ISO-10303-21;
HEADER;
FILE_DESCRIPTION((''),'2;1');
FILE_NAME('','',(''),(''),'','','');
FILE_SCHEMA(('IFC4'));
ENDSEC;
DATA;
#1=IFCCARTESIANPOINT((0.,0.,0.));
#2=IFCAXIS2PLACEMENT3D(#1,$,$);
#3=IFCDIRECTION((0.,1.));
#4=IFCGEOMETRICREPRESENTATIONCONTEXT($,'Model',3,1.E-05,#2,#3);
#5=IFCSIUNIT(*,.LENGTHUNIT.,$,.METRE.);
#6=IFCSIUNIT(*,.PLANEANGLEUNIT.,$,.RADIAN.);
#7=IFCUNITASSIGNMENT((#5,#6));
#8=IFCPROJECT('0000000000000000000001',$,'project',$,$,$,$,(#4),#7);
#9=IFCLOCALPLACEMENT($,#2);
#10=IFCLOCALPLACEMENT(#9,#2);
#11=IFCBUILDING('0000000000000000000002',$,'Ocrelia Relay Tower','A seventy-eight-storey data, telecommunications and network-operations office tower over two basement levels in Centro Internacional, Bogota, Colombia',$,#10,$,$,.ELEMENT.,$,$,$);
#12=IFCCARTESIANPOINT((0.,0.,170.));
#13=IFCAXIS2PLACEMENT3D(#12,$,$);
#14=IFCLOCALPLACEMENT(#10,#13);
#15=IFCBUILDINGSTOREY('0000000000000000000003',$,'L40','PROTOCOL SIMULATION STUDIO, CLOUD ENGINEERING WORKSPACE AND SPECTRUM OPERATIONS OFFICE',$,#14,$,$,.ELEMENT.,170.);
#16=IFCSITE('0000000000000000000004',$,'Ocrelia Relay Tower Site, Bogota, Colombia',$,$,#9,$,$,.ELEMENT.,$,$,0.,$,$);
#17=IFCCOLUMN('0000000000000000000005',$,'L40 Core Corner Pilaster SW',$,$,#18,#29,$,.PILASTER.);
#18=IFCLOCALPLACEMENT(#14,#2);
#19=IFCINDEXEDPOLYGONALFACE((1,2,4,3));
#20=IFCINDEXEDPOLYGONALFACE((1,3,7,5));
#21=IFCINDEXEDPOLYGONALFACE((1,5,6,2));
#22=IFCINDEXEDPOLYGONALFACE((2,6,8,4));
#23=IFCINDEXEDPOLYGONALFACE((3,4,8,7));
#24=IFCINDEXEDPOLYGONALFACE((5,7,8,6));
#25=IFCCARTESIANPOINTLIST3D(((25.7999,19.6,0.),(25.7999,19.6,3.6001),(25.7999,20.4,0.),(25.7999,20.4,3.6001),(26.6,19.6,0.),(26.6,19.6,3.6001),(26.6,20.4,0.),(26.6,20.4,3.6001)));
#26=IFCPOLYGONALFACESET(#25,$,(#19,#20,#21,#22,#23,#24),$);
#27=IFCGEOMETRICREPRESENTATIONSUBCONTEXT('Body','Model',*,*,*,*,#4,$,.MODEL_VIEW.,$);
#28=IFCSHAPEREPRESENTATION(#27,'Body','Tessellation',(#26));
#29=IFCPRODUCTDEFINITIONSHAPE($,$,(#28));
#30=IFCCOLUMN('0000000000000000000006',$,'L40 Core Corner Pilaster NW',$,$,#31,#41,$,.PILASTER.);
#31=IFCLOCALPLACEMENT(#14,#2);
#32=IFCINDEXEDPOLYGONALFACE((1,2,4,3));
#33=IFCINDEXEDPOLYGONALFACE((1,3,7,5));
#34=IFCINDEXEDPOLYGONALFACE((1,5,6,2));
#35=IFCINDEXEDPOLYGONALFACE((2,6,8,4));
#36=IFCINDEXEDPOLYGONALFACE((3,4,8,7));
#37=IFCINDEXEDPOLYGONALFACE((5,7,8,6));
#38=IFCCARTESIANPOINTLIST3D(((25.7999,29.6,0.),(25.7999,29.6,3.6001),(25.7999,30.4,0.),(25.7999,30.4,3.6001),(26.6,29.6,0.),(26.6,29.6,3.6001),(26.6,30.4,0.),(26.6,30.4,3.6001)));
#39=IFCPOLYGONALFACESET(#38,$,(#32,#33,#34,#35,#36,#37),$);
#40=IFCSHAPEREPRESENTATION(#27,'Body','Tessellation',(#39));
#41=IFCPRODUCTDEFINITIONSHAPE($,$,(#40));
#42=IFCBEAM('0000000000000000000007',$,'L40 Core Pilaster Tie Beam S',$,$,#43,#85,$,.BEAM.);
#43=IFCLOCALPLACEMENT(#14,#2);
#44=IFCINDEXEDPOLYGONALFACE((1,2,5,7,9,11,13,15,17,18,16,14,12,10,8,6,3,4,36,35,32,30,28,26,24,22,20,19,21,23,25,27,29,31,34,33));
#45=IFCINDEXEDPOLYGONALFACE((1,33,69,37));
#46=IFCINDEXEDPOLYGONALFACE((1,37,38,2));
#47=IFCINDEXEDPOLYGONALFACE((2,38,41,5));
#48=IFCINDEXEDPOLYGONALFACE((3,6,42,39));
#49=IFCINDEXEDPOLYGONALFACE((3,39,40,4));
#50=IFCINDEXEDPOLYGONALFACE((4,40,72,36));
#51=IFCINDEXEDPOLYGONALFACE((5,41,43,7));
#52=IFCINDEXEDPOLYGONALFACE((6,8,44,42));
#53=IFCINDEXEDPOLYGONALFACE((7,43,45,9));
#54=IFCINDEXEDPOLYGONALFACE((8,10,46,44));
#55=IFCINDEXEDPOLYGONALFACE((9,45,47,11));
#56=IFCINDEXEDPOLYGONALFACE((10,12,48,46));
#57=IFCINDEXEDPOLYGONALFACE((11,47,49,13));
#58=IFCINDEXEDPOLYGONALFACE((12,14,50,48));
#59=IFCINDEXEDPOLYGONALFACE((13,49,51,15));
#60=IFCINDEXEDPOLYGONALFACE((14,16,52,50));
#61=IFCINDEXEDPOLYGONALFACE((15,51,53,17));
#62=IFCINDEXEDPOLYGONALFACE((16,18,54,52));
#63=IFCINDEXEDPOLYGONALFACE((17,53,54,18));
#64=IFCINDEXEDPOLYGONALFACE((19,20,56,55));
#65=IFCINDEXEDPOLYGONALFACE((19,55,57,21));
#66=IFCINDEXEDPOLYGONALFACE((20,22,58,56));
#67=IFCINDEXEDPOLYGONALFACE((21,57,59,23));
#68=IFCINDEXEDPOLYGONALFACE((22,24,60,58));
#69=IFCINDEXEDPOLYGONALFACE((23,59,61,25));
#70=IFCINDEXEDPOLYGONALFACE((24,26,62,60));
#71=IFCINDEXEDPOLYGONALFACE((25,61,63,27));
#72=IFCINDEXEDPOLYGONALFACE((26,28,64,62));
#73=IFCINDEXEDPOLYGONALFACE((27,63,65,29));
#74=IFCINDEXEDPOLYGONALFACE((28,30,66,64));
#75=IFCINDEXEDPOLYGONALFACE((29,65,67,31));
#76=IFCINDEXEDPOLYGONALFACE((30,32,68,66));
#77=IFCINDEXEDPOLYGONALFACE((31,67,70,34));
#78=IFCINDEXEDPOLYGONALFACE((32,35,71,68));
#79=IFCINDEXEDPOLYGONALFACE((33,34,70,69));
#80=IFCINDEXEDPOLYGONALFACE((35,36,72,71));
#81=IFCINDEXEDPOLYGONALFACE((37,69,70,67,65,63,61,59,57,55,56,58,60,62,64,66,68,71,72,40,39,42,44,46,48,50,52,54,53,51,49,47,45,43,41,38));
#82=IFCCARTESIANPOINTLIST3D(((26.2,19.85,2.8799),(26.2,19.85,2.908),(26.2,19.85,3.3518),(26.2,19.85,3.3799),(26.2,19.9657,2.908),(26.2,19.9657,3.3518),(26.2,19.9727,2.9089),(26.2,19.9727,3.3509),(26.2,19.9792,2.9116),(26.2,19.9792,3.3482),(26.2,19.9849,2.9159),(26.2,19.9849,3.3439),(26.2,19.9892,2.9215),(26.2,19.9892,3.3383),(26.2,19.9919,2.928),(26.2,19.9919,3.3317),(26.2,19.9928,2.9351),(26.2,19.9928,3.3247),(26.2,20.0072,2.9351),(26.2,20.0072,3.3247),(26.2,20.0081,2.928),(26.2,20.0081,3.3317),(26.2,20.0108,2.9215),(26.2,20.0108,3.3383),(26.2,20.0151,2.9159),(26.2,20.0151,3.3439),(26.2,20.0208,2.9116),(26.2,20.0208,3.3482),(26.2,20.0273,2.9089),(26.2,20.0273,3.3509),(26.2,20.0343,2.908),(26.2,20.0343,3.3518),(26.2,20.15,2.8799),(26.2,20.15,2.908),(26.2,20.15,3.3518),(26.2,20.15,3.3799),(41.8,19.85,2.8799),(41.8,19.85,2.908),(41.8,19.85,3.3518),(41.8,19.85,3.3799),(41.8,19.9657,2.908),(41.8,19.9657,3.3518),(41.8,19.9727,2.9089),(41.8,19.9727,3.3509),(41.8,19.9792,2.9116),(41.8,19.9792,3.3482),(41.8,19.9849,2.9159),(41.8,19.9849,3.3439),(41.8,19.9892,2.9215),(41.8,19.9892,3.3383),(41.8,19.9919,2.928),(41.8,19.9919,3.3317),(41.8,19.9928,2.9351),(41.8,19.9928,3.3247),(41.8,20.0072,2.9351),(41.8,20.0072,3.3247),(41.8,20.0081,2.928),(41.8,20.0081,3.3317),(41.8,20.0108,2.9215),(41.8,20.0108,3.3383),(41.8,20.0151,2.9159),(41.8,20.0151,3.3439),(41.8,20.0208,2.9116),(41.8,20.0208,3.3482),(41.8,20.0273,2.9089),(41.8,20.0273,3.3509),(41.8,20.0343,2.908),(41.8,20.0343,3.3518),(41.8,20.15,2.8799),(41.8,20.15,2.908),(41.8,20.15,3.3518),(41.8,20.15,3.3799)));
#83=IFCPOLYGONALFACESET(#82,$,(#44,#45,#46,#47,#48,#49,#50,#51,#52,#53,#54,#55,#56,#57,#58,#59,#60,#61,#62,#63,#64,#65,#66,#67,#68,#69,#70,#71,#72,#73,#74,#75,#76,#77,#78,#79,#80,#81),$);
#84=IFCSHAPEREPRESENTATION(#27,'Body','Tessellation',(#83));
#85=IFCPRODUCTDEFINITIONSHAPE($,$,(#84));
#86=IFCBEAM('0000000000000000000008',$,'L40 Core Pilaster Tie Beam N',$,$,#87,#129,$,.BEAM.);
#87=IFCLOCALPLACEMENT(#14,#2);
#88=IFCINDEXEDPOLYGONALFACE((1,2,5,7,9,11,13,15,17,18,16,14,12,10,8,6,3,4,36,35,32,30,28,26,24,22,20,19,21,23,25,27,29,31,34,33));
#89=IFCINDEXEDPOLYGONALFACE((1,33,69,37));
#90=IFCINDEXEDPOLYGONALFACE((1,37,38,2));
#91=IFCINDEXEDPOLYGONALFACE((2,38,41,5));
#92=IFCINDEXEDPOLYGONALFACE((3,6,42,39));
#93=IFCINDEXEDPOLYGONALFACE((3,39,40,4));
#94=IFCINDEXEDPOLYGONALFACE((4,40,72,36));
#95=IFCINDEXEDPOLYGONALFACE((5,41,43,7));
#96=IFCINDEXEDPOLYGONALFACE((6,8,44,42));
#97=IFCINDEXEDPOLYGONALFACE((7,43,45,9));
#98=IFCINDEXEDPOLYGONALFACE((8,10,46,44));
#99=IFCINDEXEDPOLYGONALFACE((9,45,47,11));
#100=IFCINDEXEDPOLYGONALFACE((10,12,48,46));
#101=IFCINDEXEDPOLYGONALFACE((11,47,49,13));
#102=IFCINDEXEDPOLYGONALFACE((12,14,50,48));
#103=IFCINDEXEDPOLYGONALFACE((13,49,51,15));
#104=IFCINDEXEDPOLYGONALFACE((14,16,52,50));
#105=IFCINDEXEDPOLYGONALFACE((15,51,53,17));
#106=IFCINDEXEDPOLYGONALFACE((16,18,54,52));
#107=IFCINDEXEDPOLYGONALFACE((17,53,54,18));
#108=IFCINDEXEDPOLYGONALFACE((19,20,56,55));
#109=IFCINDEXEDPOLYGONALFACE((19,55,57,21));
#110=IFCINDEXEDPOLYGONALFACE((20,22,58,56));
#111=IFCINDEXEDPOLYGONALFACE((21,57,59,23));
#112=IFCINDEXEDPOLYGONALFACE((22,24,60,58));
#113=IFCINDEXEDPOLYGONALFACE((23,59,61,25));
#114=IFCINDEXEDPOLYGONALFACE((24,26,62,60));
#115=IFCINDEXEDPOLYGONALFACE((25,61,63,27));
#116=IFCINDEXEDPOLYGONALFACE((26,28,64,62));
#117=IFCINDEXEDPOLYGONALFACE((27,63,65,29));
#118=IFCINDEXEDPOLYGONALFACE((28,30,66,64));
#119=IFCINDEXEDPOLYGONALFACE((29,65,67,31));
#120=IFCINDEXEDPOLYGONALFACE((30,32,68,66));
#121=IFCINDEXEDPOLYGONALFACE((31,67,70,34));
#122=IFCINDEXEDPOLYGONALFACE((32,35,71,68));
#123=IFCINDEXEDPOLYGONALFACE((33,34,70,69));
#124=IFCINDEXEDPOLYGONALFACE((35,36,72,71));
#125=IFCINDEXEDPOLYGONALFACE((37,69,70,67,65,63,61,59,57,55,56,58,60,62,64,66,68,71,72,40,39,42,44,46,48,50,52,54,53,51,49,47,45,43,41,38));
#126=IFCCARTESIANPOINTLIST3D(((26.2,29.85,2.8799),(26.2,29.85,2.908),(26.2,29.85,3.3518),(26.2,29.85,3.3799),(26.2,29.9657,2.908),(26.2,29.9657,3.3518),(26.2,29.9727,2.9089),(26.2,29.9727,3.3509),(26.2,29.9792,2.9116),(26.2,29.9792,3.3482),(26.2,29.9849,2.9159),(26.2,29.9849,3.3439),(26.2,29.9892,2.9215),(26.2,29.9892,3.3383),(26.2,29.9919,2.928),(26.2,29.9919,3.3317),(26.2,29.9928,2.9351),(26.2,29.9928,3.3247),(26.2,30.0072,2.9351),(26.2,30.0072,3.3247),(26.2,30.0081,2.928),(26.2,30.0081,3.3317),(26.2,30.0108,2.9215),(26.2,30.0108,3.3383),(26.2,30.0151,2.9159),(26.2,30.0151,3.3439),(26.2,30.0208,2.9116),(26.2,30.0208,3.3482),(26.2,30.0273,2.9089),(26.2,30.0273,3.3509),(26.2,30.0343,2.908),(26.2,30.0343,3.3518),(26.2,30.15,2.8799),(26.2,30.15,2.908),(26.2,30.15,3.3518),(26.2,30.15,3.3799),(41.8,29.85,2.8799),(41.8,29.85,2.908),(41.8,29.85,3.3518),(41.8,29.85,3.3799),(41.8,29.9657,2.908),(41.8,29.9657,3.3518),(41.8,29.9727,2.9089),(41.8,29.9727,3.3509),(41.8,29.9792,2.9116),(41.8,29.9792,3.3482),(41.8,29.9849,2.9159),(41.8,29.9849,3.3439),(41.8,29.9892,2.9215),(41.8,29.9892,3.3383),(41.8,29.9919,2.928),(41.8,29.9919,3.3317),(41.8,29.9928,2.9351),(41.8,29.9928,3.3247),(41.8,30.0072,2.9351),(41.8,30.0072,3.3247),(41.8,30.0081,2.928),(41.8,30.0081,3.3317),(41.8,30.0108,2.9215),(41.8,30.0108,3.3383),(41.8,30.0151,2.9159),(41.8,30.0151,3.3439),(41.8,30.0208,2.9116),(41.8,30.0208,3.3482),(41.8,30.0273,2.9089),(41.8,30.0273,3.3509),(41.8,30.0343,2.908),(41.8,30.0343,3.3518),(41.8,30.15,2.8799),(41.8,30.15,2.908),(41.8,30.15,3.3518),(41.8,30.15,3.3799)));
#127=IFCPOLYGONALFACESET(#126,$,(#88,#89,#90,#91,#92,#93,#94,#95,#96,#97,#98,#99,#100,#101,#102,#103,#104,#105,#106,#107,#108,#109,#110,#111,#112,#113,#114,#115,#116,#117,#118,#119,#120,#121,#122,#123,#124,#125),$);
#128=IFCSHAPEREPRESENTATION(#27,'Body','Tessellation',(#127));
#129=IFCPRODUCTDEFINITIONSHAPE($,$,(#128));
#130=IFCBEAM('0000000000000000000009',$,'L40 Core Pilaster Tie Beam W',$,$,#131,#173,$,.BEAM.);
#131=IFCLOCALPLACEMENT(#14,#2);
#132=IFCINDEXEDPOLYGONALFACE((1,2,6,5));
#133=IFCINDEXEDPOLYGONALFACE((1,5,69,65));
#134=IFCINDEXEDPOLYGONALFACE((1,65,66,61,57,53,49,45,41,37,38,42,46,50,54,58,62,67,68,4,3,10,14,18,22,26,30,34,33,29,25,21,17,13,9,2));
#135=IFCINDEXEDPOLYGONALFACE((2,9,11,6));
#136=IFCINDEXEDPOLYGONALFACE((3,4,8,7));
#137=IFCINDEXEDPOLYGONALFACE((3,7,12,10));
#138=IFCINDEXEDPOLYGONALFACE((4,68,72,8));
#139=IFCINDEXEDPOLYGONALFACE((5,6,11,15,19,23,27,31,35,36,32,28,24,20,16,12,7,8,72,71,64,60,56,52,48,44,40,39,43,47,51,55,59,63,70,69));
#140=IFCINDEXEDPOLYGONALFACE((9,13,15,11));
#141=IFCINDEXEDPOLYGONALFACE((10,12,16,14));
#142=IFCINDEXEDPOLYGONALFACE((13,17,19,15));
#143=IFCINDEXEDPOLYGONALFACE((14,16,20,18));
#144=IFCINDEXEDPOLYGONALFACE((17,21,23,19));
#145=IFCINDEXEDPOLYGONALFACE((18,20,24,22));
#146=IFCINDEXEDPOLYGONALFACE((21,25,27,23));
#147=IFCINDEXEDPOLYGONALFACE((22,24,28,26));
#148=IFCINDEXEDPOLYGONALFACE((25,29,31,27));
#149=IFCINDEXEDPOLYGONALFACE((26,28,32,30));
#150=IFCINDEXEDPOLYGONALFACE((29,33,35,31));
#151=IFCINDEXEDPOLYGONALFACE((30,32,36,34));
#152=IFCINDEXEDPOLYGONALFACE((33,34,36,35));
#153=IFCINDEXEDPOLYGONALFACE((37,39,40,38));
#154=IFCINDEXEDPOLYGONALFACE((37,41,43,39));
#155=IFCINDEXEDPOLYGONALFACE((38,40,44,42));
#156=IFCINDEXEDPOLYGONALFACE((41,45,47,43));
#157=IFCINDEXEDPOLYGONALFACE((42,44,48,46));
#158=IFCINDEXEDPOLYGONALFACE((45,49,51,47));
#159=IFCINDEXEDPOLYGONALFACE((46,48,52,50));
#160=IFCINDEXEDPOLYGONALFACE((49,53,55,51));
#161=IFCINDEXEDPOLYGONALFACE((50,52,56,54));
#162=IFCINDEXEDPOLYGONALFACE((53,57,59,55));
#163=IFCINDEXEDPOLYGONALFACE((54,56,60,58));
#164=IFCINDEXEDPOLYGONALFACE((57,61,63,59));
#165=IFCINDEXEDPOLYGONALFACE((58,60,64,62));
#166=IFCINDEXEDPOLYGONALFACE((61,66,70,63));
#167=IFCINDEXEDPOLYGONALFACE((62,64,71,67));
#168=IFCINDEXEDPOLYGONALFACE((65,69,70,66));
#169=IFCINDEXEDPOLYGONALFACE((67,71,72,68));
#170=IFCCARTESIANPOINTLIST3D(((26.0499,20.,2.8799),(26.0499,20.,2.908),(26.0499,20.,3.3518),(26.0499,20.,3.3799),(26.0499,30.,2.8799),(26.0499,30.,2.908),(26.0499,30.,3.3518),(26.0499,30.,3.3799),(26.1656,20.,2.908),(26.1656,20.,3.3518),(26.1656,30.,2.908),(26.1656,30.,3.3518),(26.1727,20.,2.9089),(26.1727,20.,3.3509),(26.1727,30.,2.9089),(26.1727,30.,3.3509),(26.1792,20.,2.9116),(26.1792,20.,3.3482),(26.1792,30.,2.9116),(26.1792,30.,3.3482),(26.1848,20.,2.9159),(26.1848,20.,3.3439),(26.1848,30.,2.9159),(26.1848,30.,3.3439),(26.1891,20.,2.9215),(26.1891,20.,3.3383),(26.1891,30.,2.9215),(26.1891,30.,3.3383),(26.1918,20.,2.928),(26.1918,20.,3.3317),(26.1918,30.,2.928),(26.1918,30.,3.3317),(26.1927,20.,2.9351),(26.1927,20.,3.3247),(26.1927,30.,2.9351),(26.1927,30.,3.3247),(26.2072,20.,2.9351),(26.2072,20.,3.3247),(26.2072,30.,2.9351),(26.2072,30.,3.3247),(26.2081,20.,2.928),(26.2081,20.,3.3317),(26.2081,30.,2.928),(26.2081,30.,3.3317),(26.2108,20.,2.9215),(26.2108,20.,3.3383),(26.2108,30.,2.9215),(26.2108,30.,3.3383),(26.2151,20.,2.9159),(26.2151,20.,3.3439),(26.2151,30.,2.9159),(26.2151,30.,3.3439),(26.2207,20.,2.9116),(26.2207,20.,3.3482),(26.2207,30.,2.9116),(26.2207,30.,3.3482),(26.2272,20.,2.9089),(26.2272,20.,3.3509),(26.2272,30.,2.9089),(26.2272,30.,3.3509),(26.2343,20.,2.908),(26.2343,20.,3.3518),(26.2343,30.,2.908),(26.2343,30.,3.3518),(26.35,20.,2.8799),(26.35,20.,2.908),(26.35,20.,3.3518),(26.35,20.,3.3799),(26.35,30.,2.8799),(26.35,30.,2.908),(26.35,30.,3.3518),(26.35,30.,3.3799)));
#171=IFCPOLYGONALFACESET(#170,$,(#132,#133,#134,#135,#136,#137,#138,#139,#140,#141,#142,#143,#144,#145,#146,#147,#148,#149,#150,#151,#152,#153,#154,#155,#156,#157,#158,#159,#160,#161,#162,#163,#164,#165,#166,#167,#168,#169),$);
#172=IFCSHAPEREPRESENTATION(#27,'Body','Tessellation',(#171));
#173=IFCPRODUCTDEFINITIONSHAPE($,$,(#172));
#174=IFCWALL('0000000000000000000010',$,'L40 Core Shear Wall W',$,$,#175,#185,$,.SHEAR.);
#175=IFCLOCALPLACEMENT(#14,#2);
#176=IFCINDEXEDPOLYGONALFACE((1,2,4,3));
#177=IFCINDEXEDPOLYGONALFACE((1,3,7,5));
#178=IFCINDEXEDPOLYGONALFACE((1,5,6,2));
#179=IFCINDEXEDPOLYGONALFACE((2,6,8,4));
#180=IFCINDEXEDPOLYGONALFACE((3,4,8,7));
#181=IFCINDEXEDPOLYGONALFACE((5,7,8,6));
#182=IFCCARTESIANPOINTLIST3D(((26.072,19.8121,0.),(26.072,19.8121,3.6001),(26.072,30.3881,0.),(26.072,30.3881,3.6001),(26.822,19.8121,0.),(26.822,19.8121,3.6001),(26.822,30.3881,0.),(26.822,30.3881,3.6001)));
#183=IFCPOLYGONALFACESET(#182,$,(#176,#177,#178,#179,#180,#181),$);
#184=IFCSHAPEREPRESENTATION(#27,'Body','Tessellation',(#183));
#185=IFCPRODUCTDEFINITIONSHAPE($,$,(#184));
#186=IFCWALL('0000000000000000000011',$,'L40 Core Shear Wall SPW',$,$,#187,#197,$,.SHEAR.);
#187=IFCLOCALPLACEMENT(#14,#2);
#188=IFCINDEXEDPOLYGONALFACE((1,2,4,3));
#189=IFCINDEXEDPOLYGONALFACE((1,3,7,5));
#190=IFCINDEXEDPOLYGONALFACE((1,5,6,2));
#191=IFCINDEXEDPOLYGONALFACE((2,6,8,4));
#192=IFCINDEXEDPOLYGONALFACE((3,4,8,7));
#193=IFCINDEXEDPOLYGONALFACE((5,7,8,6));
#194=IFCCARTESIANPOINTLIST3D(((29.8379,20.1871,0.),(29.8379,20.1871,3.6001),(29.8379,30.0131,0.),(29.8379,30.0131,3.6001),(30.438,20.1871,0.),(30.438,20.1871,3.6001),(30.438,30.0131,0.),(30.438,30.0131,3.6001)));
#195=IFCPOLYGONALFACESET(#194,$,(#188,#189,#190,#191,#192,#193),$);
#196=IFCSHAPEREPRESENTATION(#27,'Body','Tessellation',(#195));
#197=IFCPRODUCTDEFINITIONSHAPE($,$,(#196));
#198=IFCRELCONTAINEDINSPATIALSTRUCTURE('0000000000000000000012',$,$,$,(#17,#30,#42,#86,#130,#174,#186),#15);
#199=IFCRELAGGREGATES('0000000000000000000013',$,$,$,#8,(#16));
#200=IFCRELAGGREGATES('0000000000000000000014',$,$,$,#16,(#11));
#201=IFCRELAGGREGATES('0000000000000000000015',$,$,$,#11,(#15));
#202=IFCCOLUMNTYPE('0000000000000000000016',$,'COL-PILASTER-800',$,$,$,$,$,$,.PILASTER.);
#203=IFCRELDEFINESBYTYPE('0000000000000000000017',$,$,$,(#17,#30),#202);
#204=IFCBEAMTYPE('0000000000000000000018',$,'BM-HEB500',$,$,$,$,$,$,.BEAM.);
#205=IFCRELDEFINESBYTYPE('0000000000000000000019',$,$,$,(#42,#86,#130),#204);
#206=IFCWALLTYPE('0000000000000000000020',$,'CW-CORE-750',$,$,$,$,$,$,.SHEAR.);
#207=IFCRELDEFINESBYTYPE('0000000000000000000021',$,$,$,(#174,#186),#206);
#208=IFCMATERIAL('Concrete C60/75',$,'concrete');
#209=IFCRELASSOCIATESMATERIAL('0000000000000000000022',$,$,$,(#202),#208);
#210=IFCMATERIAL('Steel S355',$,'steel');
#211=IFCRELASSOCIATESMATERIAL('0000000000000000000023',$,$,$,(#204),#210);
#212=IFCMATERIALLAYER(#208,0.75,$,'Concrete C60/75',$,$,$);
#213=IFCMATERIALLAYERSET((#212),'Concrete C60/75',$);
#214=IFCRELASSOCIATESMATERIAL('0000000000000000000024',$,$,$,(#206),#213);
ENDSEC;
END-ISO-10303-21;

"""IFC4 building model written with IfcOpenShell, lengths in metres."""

from ifc_helpers import new_model, si_unit, direction, frame, frame_2d, origin, origin_2d, place, context, subcontext, project, spatial, rectangle, i_section, extrude, material, layer, layer_set, material_profile, profile_set, type_object, element, save


model = new_model("IFC4")

# Units and contexts
model_context = context("Model", 3, precision=1e-05, world=origin(), true_north=direction((0.0, 1.0)))
body_context = subcontext(model_context, "Body", "Model", "MODEL_VIEW")
ifc_project = project(units=[si_unit("LENGTHUNIT", "METRE"), si_unit("PLANEANGLEUNIT", "RADIAN")], contexts=[model_context])

# Site, building, storey
site_placement = place(None, origin())
site = spatial("IfcSite", under=ifc_project, at=site_placement, Name="Ocrelia Relay Tower Site, Bogota, Colombia", CompositionType="ELEMENT", RefElevation=0.0)
building_placement = place(site_placement, origin())
building = spatial("IfcBuilding", under=site, at=building_placement, Name="Ocrelia Relay Tower", Description="A seventy-eight-storey data, telecommunications and network-operations office tower over two basement levels in Centro Internacional, Bogota, Colombia", CompositionType="ELEMENT")
storey_placement = place(building_placement, frame((0.0, 0.0, 170.0)))
storey = spatial("IfcBuildingStorey", under=building, at=storey_placement, Name="L40", Description="PROTOCOL SIMULATION STUDIO, CLOUD ENGINEERING WORKSPACE AND SPECTRUM OPERATIONS OFFICE", CompositionType="ELEMENT", Elevation=170.0)

# Columns
ifc_material_1 = material(Name="Concrete C60/75", Category="concrete")
ifc_material_profile_1 = material_profile(ifc_material_1, rectangle(XDim=0.8, YDim=0.8, at=origin_2d()), Name="RC-COL-800x800")
ifc_profile_set_1 = profile_set([ifc_material_profile_1], Name="Concrete C60/75")
column_type = type_object("IfcColumnType", Name="COL-PILASTER-800", PredefinedType="PILASTER", material=ifc_profile_set_1)
for number, where, z_axis, x_axis, name in (
    (1, (26.2, 20.0, 0.0), (0.0, 0.0, 1.0), (1.0, 0.0, 0.0), "L40 Core Corner Pilaster SW"),
    (2, (26.2, 30.0, 0.0), (0.0, 0.0, 1.0), (1.0, 0.0, 0.0), "L40 Core Corner Pilaster NW"),
):
    element("IfcColumn", number, at=place(storey_placement, frame(where, z_axis=z_axis, x_axis=x_axis)), inside=storey, type_object=column_type, Name=name, PredefinedType="PILASTER", context=body_context, shape_type="SweptSolid", body=[
        extrude(rectangle(XDim=0.8, YDim=0.8, at=origin_2d()), origin(), (0.0, 0.0, 1.0), 3.6001),
    ])

# Beams
ifc_material_2 = material(Name="Steel S355", Category="steel")
ifc_material_profile_2 = material_profile(ifc_material_2, i_section(OverallWidth=0.3, OverallDepth=0.5, WebThickness=0.0144, FlangeThickness=0.0281, FilletRadius=0.0271, at=origin_2d()), Name="HEB 500")
ifc_profile_set_2 = profile_set([ifc_material_profile_2], Name="Steel S355")
beam_type = type_object("IfcBeamType", Name="BM-HEB500", PredefinedType="BEAM", material=ifc_profile_set_2)
for number, where, z_axis, x_axis, name in (
    (3, (26.2, 20.0, 3.1299), (1.0, 0.0, 0.0), (0.0, 1.0, 0.0), "L40 Core Pilaster Tie Beam S"),
    (4, (26.2, 30.0, 3.1299), (1.0, 0.0, 0.0), (0.0, 1.0, 0.0), "L40 Core Pilaster Tie Beam N"),
):
    element("IfcBeam", number, at=place(storey_placement, frame(where, z_axis=z_axis, x_axis=x_axis)), inside=storey, type_object=beam_type, Name=name, PredefinedType="BEAM", context=body_context, shape_type="SweptSolid", body=[
        extrude(i_section(OverallWidth=0.3, OverallDepth=0.5, WebThickness=0.0144, FlangeThickness=0.0281, FilletRadius=0.0271, at=origin_2d()), origin(), (0.0, 0.0, 1.0), 15.6001),
    ])
beam_placement = place(storey_placement, frame((26.2, 20.0, 3.1299), z_axis=(0.0, 1.0, 0.0), x_axis=(-1.0, 0.0, 0.0)))
element("IfcBeam", 5, at=beam_placement, inside=storey, type_object=beam_type, Name="L40 Core Pilaster Tie Beam W", PredefinedType="BEAM", context=body_context, shape_type="SweptSolid", body=[
    extrude(i_section(OverallWidth=0.3, OverallDepth=0.5, WebThickness=0.0144, FlangeThickness=0.0281, FilletRadius=0.0271, at=origin_2d()), origin(), (0.0, 0.0, 1.0), 10.0),
])

# Shared definitions
ifc_layer_1 = layer(ifc_material_1, 0.75, Name="Concrete C60/75")
ifc_layer_set_1 = layer_set([ifc_layer_1], Name="Concrete C60/75")
wall_type_1 = type_object("IfcWallType", Name="CW-CORE-750", PredefinedType="SHEAR", material=ifc_layer_set_1)

# Walls
wall_1_placement = place(storey_placement, frame((26.447, 19.812, 0.0), z_axis=(0.0, 0.0, 1.0), x_axis=(0.0, 1.0, 0.0)))
element("IfcWall", 6, at=wall_1_placement, inside=storey, type_object=wall_type_1, Name="L40 Core Shear Wall W", PredefinedType="SHEAR", context=body_context, shape_type="SweptSolid", body=[
    extrude(rectangle(XDim=10.5759, YDim=0.75, at=frame_2d((5.2881, 0.0))), origin(), (0.0, 0.0, 1.0), 3.6001),
])
wall_2_placement = place(storey_placement, frame((30.1379, 20.187, 0.0), z_axis=(0.0, 0.0, 1.0), x_axis=(0.0, 1.0, 0.0)))
element("IfcWall", 7, at=wall_2_placement, inside=storey, type_object=wall_type_1, Name="L40 Core Shear Wall SPW", PredefinedType="SHEAR", context=body_context, shape_type="SweptSolid", body=[
    extrude(rectangle(XDim=9.8259, YDim=0.6001, at=frame_2d((4.9131, 0.0))), origin(), (0.0, 0.0, 1.0), 3.6001),
])

save(model, "model.ifc")
